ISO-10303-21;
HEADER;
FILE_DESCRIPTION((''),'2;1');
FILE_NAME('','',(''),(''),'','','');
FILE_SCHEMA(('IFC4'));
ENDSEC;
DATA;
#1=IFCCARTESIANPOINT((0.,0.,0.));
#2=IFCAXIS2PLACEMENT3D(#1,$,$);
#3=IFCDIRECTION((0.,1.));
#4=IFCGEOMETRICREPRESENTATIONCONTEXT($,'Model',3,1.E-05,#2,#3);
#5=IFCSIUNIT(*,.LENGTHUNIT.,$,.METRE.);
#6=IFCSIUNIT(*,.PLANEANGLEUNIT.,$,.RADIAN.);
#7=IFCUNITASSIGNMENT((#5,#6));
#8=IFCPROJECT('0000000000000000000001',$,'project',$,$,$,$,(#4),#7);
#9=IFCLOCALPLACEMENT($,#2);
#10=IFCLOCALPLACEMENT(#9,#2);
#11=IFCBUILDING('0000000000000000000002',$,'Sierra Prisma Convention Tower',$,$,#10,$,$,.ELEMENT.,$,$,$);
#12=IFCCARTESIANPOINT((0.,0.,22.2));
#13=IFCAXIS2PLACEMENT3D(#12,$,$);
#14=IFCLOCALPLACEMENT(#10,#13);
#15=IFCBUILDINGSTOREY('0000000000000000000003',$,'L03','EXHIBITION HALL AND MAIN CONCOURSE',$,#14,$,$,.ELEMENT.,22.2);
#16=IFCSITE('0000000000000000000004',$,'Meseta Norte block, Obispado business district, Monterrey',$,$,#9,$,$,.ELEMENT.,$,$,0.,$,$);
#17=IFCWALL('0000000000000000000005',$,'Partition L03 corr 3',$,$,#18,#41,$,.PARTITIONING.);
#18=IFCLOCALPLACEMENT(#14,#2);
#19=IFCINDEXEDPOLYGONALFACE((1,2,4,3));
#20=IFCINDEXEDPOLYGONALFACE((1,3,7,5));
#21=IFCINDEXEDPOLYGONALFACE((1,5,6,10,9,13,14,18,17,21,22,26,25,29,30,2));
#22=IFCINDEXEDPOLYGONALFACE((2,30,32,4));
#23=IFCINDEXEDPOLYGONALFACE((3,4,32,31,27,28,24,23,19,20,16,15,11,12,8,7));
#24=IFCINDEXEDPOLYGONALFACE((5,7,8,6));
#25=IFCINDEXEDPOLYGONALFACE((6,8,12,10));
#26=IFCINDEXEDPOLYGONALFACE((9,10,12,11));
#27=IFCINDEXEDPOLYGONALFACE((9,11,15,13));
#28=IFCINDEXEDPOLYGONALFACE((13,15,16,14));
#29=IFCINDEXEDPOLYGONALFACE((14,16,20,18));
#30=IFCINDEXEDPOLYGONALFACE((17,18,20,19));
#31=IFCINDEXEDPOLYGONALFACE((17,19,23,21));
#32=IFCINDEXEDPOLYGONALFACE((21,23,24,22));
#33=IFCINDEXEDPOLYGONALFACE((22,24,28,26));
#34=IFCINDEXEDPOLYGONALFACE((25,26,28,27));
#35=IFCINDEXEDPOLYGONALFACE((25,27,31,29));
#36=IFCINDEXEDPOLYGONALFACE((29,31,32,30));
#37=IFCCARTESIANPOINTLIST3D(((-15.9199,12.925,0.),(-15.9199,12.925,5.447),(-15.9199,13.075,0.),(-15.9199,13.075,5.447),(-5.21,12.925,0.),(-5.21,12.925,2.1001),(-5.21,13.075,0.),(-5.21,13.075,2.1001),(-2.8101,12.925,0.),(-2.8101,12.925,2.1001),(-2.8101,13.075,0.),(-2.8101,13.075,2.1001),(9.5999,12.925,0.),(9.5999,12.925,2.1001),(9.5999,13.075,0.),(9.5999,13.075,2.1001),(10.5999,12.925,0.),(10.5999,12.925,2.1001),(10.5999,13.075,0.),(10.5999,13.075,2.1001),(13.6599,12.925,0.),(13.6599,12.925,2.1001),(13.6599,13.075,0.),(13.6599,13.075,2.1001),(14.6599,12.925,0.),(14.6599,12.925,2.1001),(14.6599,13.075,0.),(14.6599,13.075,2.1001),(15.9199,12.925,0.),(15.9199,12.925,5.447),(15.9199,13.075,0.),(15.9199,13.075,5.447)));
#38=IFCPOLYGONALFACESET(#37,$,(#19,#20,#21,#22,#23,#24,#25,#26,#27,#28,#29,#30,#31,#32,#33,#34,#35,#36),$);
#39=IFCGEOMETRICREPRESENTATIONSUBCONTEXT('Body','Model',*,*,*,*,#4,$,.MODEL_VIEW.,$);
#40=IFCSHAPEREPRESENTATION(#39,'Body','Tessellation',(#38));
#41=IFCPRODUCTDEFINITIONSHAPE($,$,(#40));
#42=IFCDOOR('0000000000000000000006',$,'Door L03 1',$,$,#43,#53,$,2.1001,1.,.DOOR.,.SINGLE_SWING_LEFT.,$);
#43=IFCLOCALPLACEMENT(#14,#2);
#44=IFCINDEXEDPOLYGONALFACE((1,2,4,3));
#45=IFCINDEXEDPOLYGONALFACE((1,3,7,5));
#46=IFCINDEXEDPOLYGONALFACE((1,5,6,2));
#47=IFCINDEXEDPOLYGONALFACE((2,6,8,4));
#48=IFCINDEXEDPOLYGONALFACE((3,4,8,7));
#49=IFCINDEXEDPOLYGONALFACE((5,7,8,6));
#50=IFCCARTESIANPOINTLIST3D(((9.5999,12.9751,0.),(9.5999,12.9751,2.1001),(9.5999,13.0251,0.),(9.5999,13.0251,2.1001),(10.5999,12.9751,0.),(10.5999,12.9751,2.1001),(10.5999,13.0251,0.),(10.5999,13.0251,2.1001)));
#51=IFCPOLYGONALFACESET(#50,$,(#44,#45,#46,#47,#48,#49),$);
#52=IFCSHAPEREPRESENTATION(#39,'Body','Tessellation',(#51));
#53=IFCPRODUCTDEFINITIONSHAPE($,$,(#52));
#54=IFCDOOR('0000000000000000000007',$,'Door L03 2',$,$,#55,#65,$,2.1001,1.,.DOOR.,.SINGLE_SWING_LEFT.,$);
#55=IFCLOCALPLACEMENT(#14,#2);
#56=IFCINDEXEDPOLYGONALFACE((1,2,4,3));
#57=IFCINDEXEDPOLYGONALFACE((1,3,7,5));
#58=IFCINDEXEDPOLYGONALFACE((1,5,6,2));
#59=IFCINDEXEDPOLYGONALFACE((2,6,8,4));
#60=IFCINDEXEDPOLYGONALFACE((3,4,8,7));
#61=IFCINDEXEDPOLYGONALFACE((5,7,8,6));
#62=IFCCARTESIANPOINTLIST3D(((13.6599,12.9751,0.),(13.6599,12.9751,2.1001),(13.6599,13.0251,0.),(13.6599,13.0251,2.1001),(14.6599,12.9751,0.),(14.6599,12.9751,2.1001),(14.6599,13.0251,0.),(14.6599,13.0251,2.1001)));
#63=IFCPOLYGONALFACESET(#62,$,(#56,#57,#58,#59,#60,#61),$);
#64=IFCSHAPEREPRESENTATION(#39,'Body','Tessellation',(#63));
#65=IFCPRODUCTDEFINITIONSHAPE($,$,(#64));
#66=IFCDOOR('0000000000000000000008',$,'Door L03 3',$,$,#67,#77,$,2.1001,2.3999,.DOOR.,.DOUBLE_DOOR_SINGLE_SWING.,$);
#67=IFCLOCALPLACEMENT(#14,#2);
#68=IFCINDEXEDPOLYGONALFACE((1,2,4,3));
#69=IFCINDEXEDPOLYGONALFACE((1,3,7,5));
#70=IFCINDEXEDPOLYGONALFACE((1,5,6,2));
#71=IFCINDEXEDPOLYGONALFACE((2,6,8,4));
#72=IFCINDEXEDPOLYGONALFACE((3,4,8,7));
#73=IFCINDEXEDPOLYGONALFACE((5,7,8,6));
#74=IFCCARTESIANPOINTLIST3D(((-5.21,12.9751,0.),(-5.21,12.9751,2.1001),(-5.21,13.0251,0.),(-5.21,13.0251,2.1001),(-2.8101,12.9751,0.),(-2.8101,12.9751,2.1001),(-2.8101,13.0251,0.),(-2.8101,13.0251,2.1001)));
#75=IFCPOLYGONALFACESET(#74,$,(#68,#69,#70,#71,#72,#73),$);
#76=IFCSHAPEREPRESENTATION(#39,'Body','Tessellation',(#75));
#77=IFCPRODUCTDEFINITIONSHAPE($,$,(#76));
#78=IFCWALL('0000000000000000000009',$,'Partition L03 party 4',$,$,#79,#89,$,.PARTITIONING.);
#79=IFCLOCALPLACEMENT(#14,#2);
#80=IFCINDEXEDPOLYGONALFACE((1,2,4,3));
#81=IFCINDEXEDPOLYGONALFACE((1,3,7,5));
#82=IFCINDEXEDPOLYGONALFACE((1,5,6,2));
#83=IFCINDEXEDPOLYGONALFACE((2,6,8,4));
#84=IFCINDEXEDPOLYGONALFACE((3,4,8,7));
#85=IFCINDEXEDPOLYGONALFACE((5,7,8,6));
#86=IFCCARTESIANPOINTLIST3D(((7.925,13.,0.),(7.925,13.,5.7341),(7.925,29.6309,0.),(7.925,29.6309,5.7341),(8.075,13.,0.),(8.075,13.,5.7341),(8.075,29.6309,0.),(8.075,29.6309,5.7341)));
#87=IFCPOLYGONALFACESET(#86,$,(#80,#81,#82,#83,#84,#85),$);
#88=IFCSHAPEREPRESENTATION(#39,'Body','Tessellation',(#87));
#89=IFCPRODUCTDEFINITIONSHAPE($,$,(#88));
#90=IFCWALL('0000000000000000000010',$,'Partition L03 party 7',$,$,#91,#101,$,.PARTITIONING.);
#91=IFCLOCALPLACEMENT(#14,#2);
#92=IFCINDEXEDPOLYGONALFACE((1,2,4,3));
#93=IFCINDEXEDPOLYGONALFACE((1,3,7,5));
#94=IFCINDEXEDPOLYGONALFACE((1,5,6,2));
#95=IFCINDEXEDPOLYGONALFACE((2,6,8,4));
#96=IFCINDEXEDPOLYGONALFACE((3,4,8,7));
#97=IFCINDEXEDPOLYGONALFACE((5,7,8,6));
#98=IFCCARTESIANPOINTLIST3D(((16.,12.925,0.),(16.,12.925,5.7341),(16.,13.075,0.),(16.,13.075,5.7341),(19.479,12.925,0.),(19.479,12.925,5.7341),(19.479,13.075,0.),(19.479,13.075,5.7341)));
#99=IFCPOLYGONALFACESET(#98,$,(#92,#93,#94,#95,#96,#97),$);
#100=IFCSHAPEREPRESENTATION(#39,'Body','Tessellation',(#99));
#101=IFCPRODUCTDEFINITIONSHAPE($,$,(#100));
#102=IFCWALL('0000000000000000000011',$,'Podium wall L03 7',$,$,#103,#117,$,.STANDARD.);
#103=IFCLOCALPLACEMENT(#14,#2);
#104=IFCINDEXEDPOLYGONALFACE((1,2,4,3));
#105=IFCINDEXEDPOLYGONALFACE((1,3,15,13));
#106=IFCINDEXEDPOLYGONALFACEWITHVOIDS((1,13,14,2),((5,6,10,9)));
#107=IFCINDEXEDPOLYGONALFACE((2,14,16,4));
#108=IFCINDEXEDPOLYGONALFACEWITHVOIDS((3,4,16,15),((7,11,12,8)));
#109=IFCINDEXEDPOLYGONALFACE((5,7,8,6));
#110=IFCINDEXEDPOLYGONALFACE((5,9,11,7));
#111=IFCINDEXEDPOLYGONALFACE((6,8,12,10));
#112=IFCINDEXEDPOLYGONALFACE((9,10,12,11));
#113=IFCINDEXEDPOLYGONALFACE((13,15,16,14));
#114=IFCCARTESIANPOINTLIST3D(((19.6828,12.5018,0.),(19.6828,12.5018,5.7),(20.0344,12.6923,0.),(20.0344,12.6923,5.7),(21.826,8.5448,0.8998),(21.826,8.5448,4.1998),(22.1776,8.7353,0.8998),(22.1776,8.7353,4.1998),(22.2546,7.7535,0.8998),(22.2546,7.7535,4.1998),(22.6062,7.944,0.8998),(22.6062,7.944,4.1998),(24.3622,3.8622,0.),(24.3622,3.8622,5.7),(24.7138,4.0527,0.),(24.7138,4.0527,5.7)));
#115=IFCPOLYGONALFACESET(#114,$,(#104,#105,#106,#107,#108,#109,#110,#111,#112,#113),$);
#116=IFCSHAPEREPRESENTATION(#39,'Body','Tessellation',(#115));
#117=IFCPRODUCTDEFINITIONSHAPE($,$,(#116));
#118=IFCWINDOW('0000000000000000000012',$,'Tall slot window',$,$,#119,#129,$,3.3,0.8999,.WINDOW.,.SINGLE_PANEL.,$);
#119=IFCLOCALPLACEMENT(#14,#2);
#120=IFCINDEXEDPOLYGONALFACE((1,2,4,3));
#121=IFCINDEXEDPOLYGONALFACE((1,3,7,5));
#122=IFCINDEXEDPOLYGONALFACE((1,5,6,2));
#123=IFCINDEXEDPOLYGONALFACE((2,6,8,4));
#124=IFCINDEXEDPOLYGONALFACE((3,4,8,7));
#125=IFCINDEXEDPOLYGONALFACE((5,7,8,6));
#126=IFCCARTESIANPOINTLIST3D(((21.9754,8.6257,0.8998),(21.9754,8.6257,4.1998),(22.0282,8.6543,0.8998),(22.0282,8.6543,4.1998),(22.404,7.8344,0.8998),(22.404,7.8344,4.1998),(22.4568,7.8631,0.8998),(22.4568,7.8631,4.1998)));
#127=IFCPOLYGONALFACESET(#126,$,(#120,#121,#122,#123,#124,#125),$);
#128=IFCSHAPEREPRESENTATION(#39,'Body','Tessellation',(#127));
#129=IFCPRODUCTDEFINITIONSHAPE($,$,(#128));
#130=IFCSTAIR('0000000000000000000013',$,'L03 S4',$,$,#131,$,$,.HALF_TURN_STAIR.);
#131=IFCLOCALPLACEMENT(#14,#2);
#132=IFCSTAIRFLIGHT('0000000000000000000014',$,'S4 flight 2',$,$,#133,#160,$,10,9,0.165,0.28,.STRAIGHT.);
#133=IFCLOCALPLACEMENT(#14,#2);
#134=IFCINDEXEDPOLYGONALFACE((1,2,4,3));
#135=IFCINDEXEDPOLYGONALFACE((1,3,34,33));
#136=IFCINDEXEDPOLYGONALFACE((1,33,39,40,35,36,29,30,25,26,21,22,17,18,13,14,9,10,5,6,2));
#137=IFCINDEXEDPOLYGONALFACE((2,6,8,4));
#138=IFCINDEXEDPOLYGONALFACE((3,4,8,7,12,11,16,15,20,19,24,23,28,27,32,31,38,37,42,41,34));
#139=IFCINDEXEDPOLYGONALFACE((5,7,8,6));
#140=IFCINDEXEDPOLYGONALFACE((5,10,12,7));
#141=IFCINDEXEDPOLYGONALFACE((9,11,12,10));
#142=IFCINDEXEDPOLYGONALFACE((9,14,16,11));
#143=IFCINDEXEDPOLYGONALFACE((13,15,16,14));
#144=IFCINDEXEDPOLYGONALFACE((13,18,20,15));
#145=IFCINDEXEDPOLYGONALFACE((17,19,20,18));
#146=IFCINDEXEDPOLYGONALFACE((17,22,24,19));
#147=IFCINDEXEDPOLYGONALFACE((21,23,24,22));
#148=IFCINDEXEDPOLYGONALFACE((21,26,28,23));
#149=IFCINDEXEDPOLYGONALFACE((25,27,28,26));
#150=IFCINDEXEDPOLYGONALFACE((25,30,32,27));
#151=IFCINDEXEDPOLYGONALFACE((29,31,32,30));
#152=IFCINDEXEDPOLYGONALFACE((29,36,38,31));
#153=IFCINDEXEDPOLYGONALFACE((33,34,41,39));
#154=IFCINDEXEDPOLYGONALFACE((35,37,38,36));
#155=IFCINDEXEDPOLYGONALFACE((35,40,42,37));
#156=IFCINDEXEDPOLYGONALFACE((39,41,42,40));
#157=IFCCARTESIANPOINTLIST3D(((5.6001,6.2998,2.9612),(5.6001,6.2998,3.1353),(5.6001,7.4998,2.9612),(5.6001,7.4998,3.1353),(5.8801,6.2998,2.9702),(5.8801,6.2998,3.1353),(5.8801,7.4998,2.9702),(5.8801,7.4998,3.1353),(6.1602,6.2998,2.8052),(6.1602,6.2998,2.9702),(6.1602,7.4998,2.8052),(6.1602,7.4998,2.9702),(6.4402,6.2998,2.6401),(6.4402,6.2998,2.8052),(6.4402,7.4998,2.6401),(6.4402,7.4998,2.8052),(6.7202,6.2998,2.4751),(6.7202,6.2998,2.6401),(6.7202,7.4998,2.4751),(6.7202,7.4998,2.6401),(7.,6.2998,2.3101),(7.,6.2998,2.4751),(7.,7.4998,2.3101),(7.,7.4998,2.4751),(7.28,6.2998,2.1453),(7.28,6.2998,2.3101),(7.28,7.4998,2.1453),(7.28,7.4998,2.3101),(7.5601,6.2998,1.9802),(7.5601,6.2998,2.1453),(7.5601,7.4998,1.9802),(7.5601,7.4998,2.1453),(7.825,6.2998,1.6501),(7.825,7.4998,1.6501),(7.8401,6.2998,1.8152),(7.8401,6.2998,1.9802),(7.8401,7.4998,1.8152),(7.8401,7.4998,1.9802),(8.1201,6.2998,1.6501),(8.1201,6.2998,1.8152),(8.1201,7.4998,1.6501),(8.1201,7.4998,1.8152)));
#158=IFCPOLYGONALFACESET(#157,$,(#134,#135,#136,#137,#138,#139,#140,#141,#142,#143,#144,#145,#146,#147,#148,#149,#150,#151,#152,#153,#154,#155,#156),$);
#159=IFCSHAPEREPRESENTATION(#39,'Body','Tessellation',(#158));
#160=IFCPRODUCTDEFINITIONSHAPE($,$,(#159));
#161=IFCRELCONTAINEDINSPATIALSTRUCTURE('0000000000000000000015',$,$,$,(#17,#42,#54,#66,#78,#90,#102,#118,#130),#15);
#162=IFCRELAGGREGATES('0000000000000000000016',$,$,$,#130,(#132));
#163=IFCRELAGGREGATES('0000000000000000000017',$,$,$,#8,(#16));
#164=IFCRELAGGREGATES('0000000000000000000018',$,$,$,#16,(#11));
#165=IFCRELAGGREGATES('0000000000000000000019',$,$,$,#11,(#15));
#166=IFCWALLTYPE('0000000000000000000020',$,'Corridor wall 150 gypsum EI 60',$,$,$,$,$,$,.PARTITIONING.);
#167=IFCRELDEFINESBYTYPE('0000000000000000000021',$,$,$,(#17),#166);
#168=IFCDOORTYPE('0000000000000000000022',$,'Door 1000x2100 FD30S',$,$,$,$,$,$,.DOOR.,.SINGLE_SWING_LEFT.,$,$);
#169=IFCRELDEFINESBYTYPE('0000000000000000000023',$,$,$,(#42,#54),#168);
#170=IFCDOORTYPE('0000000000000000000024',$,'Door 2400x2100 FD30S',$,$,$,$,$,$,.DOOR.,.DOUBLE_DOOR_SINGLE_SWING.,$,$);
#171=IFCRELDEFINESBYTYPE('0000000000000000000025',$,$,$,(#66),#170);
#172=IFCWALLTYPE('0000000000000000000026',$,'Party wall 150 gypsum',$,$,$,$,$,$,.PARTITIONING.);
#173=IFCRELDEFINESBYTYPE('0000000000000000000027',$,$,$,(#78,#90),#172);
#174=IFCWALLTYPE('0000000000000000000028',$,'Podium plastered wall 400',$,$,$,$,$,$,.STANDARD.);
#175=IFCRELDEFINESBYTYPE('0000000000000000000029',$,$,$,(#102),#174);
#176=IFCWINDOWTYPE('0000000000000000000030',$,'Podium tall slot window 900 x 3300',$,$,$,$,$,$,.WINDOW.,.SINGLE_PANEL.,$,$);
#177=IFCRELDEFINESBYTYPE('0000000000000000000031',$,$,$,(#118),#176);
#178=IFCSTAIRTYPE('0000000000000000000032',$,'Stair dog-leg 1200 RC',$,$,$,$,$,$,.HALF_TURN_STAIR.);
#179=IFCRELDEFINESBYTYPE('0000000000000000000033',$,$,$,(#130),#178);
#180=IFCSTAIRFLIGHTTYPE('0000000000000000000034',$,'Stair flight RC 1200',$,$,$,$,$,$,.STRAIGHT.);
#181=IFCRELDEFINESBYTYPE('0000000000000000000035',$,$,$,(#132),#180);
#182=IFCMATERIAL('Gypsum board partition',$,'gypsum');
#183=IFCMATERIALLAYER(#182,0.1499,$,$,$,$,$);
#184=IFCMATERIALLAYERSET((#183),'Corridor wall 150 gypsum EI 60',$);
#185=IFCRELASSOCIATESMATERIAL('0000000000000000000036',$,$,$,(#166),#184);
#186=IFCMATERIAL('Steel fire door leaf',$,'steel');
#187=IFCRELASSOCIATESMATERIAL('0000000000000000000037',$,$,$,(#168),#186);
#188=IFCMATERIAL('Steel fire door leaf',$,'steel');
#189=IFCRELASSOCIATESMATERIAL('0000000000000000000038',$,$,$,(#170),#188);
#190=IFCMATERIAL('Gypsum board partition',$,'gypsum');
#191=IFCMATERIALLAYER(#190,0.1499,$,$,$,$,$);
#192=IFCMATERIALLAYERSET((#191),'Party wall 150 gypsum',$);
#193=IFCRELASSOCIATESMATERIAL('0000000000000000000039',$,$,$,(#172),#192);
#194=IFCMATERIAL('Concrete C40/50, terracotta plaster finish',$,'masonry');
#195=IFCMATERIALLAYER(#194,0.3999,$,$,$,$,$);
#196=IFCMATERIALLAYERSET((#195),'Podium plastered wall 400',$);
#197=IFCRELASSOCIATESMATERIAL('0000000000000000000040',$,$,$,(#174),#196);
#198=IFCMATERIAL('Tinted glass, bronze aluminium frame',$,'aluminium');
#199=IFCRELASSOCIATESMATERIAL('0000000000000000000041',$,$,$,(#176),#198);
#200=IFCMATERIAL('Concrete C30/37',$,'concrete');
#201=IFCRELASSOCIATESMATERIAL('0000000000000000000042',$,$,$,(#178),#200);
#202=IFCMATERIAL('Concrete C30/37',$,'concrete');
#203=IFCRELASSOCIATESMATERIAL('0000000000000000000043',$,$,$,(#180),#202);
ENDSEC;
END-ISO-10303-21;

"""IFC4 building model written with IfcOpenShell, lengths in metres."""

from ifc_helpers import new_model, si_unit, direction, frame, frame_2d, origin, place, context, subcontext, project, spatial, polyline, rectangle, outline, extrude, material, layer, layer_set, type_object, element, fill, aggregate, save


model = new_model("IFC4")

# Units and contexts
model_context = context("Model", 3, precision=1e-05, world=origin(), true_north=direction((0.0, 1.0)))
body_context = subcontext(model_context, "Body", "Model", "MODEL_VIEW")
ifc_project = project(units=[si_unit("LENGTHUNIT", "METRE"), si_unit("PLANEANGLEUNIT", "RADIAN")], contexts=[model_context])

# Site, building, storey
site_placement = place(None, origin())
site = spatial("IfcSite", under=ifc_project, at=site_placement, Name="Meseta Norte block, Obispado business district, Monterrey", CompositionType="ELEMENT", RefElevation=0.0)
building_placement = place(site_placement, origin())
building = spatial("IfcBuilding", under=site, at=building_placement, Name="Sierra Prisma Convention Tower", CompositionType="ELEMENT")
storey_placement = place(building_placement, frame((0.0, 0.0, 22.2)))
storey = spatial("IfcBuildingStorey", under=building, at=storey_placement, Name="L03", Description="EXHIBITION HALL AND MAIN CONCOURSE", CompositionType="ELEMENT", Elevation=22.2)

# Wall, openings, doors
ifc_material_1 = material(Name="Gypsum board partition", Category="gypsum")
ifc_layer_1 = layer(ifc_material_1, 0.1499)
ifc_layer_set_1 = layer_set([ifc_layer_1], Name="Corridor wall 150 gypsum EI 60")
wall_type_1 = type_object("IfcWallType", Name="Corridor wall 150 gypsum EI 60", PredefinedType="PARTITIONING", material=ifc_layer_set_1)
wall_1_placement = place(storey_placement, frame((15.9199, 13.0, 0.0), z_axis=(0.0, 0.0, 1.0), x_axis=(-1.0, 0.0, 0.0)))
wall_1 = element("IfcWall", 1, at=wall_1_placement, inside=storey, type_object=wall_type_1, Name="Partition L03 corr 3", PredefinedType="PARTITIONING", context=body_context, shape_type="SweptSolid", body=[
    extrude(rectangle(XDim=31.8398, YDim=0.1499, at=frame_2d((15.9199, 0.0))), origin(), (0.0, 0.0, 1.0), 5.447),
])
opening_1_placement = place(wall_1_placement, frame((5.3201, 0.0, 0.0)))
opening_1 = element("IfcOpeningElement", 2, at=opening_1_placement, cuts=wall_1, PredefinedType="OPENING", context=body_context, shape_type="SweptSolid", body=[
    extrude(rectangle(XDim=1.0, YDim=2.1001, at=frame_2d((0.5, 1.05))), frame((0.0, 0.075, 0.0), z_axis=(0.0, -1.0, 0.0), x_axis=(1.0, 0.0, 0.0)), (0.0, 0.0, 1.0), 0.1499),
])
opening_2_placement = place(wall_1_placement, frame((1.26, 0.0, 0.0)))
opening_2 = element("IfcOpeningElement", 3, at=opening_2_placement, cuts=wall_1, PredefinedType="OPENING", context=body_context, shape_type="SweptSolid", body=[
    extrude(rectangle(XDim=1.0, YDim=2.1001, at=frame_2d((0.5, 1.05))), frame((0.0, 0.075, 0.0), z_axis=(0.0, -1.0, 0.0), x_axis=(1.0, 0.0, 0.0)), (0.0, 0.0, 1.0), 0.1499),
])
opening_3_placement = place(wall_1_placement, frame((18.73, 0.0, 0.0)))
opening_3 = element("IfcOpeningElement", 4, at=opening_3_placement, cuts=wall_1, PredefinedType="OPENING", context=body_context, shape_type="SweptSolid", body=[
    extrude(rectangle(XDim=2.3999, YDim=2.1001, at=frame_2d((1.2, 1.05))), frame((0.0, 0.075, 0.0), z_axis=(0.0, -1.0, 0.0), x_axis=(1.0, 0.0, 0.0)), (0.0, 0.0, 1.0), 0.1499),
])
ifc_material_2 = material(Name="Steel fire door leaf", Category="steel")
door_type_1 = type_object("IfcDoorType", Name="Door 1000x2100 FD30S", OperationType="SINGLE_SWING_LEFT", PredefinedType="DOOR", material=ifc_material_2)
door_1_placement = place(opening_1_placement, origin())
door_1 = element("IfcDoor", 5, at=door_1_placement, inside=storey, type_object=door_type_1, Name="Door L03 1", OperationType="SINGLE_SWING_LEFT", OverallHeight=2.1001, OverallWidth=1.0, PredefinedType="DOOR", context=body_context, shape_type="SweptSolid", body=[
    extrude(rectangle(XDim=1.0, YDim=2.1001, at=frame_2d((0.5, 1.05))), frame((0.0, 0.0249, 0.0), z_axis=(0.0, -1.0, 0.0), x_axis=(1.0, 0.0, 0.0)), (0.0, 0.0, 1.0), 0.05),
])
fill(opening_1, door_1)
door_2_placement = place(opening_2_placement, origin())
door_2 = element("IfcDoor", 6, at=door_2_placement, inside=storey, type_object=door_type_1, Name="Door L03 2", OperationType="SINGLE_SWING_LEFT", OverallHeight=2.1001, OverallWidth=1.0, PredefinedType="DOOR", context=body_context, shape_type="SweptSolid", body=[
    extrude(rectangle(XDim=1.0, YDim=2.1001, at=frame_2d((0.5, 1.05))), frame((0.0, 0.0249, 0.0), z_axis=(0.0, -1.0, 0.0), x_axis=(1.0, 0.0, 0.0)), (0.0, 0.0, 1.0), 0.05),
])
fill(opening_2, door_2)
ifc_material_3 = material(Name="Steel fire door leaf", Category="steel")
door_type_2 = type_object("IfcDoorType", Name="Door 2400x2100 FD30S", OperationType="DOUBLE_DOOR_SINGLE_SWING", PredefinedType="DOOR", material=ifc_material_3)
door_3_placement = place(opening_3_placement, origin())
door_3 = element("IfcDoor", 7, at=door_3_placement, inside=storey, type_object=door_type_2, Name="Door L03 3", OperationType="DOUBLE_DOOR_SINGLE_SWING", OverallHeight=2.1001, OverallWidth=2.3999, PredefinedType="DOOR", context=body_context, shape_type="SweptSolid", body=[
    extrude(rectangle(XDim=2.3999, YDim=2.1001, at=frame_2d((1.2, 1.05))), frame((0.0, 0.0249, 0.0), z_axis=(0.0, -1.0, 0.0), x_axis=(1.0, 0.0, 0.0)), (0.0, 0.0, 1.0), 0.05),
])
fill(opening_3, door_3)

# Walls
ifc_material_4 = material(Name="Gypsum board partition", Category="gypsum")
ifc_layer_2 = layer(ifc_material_4, 0.1499)
ifc_layer_set_2 = layer_set([ifc_layer_2], Name="Party wall 150 gypsum")
wall_type_2 = type_object("IfcWallType", Name="Party wall 150 gypsum", PredefinedType="PARTITIONING", material=ifc_layer_set_2)
wall_2_placement = place(storey_placement, frame((8.0, 13.0, 0.0), z_axis=(0.0, 0.0, 1.0), x_axis=(0.0, 1.0, 0.0)))
element("IfcWall", 8, at=wall_2_placement, inside=storey, type_object=wall_type_2, Name="Partition L03 party 4", PredefinedType="PARTITIONING", context=body_context, shape_type="SweptSolid", body=[
    extrude(rectangle(XDim=16.6309, YDim=0.1499, at=frame_2d((8.3154, 0.0))), origin(), (0.0, 0.0, 1.0), 5.7341),
])
wall_3_placement = place(storey_placement, frame((19.479, 13.0, 0.0), z_axis=(0.0, 0.0, 1.0), x_axis=(-1.0, 0.0, 0.0)))
element("IfcWall", 9, at=wall_3_placement, inside=storey, type_object=wall_type_2, Name="Partition L03 party 7", PredefinedType="PARTITIONING", context=body_context, shape_type="SweptSolid", body=[
    extrude(rectangle(XDim=3.479, YDim=0.1499, at=frame_2d((1.7395, 0.0))), origin(), (0.0, 0.0, 1.0), 5.7341),
])

# Wall, opening, window
ifc_material_5 = material(Name="Concrete C40/50, terracotta plaster finish", Category="masonry")
ifc_layer_3 = layer(ifc_material_5, 0.3999)
ifc_layer_set_3 = layer_set([ifc_layer_3], Name="Podium plastered wall 400")
wall_type_3 = type_object("IfcWallType", Name="Podium plastered wall 400", PredefinedType="STANDARD", material=ifc_layer_set_3)
wall_4_placement = place(storey_placement, frame((19.8586, 12.5969, 0.0), z_axis=(0.0, 0.0, 1.0), x_axis=(0.476254, -0.879308, 0.0)))
wall_4 = element("IfcWall", 10, at=wall_4_placement, inside=storey, type_object=wall_type_3, Name="Podium wall L03 7", PredefinedType="STANDARD", context=body_context, shape_type="SweptSolid", body=[
    extrude(rectangle(XDim=9.8254, YDim=0.3999, at=frame_2d((4.9126, 0.0))), origin(), (0.0, 0.0, 1.0), 5.7),
])
opening_4_placement = place(wall_4_placement, frame((4.5, 0.0, 0.8999)))
opening_4 = element("IfcOpeningElement", 11, at=opening_4_placement, cuts=wall_4, PredefinedType="OPENING", context=body_context, shape_type="SweptSolid", body=[
    extrude(rectangle(XDim=0.8999, YDim=3.3, at=frame_2d((0.45, 1.6499))), frame((0.0, 0.2, 0.0), z_axis=(0.0, -1.0, 0.0), x_axis=(1.0, 0.0, 0.0)), (0.0, 0.0, 1.0), 0.3999),
])
ifc_material_6 = material(Name="Tinted glass, bronze aluminium frame", Category="aluminium")
window_type = type_object("IfcWindowType", Name="Podium tall slot window 900 x 3300", PartitioningType="SINGLE_PANEL", PredefinedType="WINDOW", material=ifc_material_6)
window_placement = place(opening_4_placement, origin())
window = element("IfcWindow", 12, at=window_placement, inside=storey, type_object=window_type, Name="Tall slot window", OverallHeight=3.3, OverallWidth=0.8999, PartitioningType="SINGLE_PANEL", PredefinedType="WINDOW", context=body_context, shape_type="SweptSolid", body=[
    extrude(rectangle(XDim=0.8999, YDim=3.3, at=frame_2d((0.45, 1.6499))), frame((0.0, 0.03, 0.0), z_axis=(0.0, -1.0, 0.0), x_axis=(1.0, 0.0, 0.0)), (0.0, 0.0, 1.0), 0.0601),
])
fill(opening_4, window)

# Stair, stair flight
ifc_material_7 = material(Name="Concrete C30/37", Category="concrete")
stair_type = type_object("IfcStairType", Name="Stair dog-leg 1200 RC", PredefinedType="HALF_TURN_STAIR", material=ifc_material_7)
stair_placement = place(storey_placement, origin())
stair = element("IfcStair", 13, at=stair_placement, inside=storey, type_object=stair_type, Name="L03 S4", PredefinedType="HALF_TURN_STAIR")
ifc_material_8 = material(Name="Concrete C30/37", Category="concrete")
stair_flight_type = type_object("IfcStairFlightType", Name="Stair flight RC 1200", PredefinedType="STRAIGHT", material=ifc_material_8)
stair_flight_1_placement = place(storey_placement, frame((8.1201, 6.8999, 1.6501), z_axis=(0.0, 0.0, 1.0), x_axis=(-1.0, 0.0, 0.0)))
stair_flight_1 = element("IfcStairFlight", 14, at=stair_flight_1_placement, type_object=stair_flight_type, Name="S4 flight 2", NumberOfRisers=10, NumberOfTreads=9, PredefinedType="STRAIGHT", RiserHeight=0.165, TreadLength=0.28, context=body_context, shape_type="SweptSolid", body=[
    extrude(outline(polyline([(0.0, 0.0), (0.0, 0.165), (0.28, 0.165), (0.28, 0.3301), (0.5601, 0.3301), (0.5601, 0.4951), (0.8401, 0.4951), (0.8401, 0.6599), (1.1201, 0.6599), (1.1201, 0.825), (1.3999, 0.825), (1.3999, 0.99), (1.6799, 0.99), (1.6799, 1.155), (1.96, 1.155), (1.96, 1.3201), (2.24, 1.3201), (2.24, 1.4851), (2.52, 1.4851), (2.52, 1.6499), (2.52, 1.311), (0.2952, 0.0), (0.0, 0.0)])), frame((0.0, 0.6001, 0.0), z_axis=(0.0, -1.0, 0.0), x_axis=(1.0, 0.0, 0.0)), (0.0, 0.0, 1.0), 1.2),
])
aggregate(stair, [stair_flight_1])

save(model, "model.ifc")
